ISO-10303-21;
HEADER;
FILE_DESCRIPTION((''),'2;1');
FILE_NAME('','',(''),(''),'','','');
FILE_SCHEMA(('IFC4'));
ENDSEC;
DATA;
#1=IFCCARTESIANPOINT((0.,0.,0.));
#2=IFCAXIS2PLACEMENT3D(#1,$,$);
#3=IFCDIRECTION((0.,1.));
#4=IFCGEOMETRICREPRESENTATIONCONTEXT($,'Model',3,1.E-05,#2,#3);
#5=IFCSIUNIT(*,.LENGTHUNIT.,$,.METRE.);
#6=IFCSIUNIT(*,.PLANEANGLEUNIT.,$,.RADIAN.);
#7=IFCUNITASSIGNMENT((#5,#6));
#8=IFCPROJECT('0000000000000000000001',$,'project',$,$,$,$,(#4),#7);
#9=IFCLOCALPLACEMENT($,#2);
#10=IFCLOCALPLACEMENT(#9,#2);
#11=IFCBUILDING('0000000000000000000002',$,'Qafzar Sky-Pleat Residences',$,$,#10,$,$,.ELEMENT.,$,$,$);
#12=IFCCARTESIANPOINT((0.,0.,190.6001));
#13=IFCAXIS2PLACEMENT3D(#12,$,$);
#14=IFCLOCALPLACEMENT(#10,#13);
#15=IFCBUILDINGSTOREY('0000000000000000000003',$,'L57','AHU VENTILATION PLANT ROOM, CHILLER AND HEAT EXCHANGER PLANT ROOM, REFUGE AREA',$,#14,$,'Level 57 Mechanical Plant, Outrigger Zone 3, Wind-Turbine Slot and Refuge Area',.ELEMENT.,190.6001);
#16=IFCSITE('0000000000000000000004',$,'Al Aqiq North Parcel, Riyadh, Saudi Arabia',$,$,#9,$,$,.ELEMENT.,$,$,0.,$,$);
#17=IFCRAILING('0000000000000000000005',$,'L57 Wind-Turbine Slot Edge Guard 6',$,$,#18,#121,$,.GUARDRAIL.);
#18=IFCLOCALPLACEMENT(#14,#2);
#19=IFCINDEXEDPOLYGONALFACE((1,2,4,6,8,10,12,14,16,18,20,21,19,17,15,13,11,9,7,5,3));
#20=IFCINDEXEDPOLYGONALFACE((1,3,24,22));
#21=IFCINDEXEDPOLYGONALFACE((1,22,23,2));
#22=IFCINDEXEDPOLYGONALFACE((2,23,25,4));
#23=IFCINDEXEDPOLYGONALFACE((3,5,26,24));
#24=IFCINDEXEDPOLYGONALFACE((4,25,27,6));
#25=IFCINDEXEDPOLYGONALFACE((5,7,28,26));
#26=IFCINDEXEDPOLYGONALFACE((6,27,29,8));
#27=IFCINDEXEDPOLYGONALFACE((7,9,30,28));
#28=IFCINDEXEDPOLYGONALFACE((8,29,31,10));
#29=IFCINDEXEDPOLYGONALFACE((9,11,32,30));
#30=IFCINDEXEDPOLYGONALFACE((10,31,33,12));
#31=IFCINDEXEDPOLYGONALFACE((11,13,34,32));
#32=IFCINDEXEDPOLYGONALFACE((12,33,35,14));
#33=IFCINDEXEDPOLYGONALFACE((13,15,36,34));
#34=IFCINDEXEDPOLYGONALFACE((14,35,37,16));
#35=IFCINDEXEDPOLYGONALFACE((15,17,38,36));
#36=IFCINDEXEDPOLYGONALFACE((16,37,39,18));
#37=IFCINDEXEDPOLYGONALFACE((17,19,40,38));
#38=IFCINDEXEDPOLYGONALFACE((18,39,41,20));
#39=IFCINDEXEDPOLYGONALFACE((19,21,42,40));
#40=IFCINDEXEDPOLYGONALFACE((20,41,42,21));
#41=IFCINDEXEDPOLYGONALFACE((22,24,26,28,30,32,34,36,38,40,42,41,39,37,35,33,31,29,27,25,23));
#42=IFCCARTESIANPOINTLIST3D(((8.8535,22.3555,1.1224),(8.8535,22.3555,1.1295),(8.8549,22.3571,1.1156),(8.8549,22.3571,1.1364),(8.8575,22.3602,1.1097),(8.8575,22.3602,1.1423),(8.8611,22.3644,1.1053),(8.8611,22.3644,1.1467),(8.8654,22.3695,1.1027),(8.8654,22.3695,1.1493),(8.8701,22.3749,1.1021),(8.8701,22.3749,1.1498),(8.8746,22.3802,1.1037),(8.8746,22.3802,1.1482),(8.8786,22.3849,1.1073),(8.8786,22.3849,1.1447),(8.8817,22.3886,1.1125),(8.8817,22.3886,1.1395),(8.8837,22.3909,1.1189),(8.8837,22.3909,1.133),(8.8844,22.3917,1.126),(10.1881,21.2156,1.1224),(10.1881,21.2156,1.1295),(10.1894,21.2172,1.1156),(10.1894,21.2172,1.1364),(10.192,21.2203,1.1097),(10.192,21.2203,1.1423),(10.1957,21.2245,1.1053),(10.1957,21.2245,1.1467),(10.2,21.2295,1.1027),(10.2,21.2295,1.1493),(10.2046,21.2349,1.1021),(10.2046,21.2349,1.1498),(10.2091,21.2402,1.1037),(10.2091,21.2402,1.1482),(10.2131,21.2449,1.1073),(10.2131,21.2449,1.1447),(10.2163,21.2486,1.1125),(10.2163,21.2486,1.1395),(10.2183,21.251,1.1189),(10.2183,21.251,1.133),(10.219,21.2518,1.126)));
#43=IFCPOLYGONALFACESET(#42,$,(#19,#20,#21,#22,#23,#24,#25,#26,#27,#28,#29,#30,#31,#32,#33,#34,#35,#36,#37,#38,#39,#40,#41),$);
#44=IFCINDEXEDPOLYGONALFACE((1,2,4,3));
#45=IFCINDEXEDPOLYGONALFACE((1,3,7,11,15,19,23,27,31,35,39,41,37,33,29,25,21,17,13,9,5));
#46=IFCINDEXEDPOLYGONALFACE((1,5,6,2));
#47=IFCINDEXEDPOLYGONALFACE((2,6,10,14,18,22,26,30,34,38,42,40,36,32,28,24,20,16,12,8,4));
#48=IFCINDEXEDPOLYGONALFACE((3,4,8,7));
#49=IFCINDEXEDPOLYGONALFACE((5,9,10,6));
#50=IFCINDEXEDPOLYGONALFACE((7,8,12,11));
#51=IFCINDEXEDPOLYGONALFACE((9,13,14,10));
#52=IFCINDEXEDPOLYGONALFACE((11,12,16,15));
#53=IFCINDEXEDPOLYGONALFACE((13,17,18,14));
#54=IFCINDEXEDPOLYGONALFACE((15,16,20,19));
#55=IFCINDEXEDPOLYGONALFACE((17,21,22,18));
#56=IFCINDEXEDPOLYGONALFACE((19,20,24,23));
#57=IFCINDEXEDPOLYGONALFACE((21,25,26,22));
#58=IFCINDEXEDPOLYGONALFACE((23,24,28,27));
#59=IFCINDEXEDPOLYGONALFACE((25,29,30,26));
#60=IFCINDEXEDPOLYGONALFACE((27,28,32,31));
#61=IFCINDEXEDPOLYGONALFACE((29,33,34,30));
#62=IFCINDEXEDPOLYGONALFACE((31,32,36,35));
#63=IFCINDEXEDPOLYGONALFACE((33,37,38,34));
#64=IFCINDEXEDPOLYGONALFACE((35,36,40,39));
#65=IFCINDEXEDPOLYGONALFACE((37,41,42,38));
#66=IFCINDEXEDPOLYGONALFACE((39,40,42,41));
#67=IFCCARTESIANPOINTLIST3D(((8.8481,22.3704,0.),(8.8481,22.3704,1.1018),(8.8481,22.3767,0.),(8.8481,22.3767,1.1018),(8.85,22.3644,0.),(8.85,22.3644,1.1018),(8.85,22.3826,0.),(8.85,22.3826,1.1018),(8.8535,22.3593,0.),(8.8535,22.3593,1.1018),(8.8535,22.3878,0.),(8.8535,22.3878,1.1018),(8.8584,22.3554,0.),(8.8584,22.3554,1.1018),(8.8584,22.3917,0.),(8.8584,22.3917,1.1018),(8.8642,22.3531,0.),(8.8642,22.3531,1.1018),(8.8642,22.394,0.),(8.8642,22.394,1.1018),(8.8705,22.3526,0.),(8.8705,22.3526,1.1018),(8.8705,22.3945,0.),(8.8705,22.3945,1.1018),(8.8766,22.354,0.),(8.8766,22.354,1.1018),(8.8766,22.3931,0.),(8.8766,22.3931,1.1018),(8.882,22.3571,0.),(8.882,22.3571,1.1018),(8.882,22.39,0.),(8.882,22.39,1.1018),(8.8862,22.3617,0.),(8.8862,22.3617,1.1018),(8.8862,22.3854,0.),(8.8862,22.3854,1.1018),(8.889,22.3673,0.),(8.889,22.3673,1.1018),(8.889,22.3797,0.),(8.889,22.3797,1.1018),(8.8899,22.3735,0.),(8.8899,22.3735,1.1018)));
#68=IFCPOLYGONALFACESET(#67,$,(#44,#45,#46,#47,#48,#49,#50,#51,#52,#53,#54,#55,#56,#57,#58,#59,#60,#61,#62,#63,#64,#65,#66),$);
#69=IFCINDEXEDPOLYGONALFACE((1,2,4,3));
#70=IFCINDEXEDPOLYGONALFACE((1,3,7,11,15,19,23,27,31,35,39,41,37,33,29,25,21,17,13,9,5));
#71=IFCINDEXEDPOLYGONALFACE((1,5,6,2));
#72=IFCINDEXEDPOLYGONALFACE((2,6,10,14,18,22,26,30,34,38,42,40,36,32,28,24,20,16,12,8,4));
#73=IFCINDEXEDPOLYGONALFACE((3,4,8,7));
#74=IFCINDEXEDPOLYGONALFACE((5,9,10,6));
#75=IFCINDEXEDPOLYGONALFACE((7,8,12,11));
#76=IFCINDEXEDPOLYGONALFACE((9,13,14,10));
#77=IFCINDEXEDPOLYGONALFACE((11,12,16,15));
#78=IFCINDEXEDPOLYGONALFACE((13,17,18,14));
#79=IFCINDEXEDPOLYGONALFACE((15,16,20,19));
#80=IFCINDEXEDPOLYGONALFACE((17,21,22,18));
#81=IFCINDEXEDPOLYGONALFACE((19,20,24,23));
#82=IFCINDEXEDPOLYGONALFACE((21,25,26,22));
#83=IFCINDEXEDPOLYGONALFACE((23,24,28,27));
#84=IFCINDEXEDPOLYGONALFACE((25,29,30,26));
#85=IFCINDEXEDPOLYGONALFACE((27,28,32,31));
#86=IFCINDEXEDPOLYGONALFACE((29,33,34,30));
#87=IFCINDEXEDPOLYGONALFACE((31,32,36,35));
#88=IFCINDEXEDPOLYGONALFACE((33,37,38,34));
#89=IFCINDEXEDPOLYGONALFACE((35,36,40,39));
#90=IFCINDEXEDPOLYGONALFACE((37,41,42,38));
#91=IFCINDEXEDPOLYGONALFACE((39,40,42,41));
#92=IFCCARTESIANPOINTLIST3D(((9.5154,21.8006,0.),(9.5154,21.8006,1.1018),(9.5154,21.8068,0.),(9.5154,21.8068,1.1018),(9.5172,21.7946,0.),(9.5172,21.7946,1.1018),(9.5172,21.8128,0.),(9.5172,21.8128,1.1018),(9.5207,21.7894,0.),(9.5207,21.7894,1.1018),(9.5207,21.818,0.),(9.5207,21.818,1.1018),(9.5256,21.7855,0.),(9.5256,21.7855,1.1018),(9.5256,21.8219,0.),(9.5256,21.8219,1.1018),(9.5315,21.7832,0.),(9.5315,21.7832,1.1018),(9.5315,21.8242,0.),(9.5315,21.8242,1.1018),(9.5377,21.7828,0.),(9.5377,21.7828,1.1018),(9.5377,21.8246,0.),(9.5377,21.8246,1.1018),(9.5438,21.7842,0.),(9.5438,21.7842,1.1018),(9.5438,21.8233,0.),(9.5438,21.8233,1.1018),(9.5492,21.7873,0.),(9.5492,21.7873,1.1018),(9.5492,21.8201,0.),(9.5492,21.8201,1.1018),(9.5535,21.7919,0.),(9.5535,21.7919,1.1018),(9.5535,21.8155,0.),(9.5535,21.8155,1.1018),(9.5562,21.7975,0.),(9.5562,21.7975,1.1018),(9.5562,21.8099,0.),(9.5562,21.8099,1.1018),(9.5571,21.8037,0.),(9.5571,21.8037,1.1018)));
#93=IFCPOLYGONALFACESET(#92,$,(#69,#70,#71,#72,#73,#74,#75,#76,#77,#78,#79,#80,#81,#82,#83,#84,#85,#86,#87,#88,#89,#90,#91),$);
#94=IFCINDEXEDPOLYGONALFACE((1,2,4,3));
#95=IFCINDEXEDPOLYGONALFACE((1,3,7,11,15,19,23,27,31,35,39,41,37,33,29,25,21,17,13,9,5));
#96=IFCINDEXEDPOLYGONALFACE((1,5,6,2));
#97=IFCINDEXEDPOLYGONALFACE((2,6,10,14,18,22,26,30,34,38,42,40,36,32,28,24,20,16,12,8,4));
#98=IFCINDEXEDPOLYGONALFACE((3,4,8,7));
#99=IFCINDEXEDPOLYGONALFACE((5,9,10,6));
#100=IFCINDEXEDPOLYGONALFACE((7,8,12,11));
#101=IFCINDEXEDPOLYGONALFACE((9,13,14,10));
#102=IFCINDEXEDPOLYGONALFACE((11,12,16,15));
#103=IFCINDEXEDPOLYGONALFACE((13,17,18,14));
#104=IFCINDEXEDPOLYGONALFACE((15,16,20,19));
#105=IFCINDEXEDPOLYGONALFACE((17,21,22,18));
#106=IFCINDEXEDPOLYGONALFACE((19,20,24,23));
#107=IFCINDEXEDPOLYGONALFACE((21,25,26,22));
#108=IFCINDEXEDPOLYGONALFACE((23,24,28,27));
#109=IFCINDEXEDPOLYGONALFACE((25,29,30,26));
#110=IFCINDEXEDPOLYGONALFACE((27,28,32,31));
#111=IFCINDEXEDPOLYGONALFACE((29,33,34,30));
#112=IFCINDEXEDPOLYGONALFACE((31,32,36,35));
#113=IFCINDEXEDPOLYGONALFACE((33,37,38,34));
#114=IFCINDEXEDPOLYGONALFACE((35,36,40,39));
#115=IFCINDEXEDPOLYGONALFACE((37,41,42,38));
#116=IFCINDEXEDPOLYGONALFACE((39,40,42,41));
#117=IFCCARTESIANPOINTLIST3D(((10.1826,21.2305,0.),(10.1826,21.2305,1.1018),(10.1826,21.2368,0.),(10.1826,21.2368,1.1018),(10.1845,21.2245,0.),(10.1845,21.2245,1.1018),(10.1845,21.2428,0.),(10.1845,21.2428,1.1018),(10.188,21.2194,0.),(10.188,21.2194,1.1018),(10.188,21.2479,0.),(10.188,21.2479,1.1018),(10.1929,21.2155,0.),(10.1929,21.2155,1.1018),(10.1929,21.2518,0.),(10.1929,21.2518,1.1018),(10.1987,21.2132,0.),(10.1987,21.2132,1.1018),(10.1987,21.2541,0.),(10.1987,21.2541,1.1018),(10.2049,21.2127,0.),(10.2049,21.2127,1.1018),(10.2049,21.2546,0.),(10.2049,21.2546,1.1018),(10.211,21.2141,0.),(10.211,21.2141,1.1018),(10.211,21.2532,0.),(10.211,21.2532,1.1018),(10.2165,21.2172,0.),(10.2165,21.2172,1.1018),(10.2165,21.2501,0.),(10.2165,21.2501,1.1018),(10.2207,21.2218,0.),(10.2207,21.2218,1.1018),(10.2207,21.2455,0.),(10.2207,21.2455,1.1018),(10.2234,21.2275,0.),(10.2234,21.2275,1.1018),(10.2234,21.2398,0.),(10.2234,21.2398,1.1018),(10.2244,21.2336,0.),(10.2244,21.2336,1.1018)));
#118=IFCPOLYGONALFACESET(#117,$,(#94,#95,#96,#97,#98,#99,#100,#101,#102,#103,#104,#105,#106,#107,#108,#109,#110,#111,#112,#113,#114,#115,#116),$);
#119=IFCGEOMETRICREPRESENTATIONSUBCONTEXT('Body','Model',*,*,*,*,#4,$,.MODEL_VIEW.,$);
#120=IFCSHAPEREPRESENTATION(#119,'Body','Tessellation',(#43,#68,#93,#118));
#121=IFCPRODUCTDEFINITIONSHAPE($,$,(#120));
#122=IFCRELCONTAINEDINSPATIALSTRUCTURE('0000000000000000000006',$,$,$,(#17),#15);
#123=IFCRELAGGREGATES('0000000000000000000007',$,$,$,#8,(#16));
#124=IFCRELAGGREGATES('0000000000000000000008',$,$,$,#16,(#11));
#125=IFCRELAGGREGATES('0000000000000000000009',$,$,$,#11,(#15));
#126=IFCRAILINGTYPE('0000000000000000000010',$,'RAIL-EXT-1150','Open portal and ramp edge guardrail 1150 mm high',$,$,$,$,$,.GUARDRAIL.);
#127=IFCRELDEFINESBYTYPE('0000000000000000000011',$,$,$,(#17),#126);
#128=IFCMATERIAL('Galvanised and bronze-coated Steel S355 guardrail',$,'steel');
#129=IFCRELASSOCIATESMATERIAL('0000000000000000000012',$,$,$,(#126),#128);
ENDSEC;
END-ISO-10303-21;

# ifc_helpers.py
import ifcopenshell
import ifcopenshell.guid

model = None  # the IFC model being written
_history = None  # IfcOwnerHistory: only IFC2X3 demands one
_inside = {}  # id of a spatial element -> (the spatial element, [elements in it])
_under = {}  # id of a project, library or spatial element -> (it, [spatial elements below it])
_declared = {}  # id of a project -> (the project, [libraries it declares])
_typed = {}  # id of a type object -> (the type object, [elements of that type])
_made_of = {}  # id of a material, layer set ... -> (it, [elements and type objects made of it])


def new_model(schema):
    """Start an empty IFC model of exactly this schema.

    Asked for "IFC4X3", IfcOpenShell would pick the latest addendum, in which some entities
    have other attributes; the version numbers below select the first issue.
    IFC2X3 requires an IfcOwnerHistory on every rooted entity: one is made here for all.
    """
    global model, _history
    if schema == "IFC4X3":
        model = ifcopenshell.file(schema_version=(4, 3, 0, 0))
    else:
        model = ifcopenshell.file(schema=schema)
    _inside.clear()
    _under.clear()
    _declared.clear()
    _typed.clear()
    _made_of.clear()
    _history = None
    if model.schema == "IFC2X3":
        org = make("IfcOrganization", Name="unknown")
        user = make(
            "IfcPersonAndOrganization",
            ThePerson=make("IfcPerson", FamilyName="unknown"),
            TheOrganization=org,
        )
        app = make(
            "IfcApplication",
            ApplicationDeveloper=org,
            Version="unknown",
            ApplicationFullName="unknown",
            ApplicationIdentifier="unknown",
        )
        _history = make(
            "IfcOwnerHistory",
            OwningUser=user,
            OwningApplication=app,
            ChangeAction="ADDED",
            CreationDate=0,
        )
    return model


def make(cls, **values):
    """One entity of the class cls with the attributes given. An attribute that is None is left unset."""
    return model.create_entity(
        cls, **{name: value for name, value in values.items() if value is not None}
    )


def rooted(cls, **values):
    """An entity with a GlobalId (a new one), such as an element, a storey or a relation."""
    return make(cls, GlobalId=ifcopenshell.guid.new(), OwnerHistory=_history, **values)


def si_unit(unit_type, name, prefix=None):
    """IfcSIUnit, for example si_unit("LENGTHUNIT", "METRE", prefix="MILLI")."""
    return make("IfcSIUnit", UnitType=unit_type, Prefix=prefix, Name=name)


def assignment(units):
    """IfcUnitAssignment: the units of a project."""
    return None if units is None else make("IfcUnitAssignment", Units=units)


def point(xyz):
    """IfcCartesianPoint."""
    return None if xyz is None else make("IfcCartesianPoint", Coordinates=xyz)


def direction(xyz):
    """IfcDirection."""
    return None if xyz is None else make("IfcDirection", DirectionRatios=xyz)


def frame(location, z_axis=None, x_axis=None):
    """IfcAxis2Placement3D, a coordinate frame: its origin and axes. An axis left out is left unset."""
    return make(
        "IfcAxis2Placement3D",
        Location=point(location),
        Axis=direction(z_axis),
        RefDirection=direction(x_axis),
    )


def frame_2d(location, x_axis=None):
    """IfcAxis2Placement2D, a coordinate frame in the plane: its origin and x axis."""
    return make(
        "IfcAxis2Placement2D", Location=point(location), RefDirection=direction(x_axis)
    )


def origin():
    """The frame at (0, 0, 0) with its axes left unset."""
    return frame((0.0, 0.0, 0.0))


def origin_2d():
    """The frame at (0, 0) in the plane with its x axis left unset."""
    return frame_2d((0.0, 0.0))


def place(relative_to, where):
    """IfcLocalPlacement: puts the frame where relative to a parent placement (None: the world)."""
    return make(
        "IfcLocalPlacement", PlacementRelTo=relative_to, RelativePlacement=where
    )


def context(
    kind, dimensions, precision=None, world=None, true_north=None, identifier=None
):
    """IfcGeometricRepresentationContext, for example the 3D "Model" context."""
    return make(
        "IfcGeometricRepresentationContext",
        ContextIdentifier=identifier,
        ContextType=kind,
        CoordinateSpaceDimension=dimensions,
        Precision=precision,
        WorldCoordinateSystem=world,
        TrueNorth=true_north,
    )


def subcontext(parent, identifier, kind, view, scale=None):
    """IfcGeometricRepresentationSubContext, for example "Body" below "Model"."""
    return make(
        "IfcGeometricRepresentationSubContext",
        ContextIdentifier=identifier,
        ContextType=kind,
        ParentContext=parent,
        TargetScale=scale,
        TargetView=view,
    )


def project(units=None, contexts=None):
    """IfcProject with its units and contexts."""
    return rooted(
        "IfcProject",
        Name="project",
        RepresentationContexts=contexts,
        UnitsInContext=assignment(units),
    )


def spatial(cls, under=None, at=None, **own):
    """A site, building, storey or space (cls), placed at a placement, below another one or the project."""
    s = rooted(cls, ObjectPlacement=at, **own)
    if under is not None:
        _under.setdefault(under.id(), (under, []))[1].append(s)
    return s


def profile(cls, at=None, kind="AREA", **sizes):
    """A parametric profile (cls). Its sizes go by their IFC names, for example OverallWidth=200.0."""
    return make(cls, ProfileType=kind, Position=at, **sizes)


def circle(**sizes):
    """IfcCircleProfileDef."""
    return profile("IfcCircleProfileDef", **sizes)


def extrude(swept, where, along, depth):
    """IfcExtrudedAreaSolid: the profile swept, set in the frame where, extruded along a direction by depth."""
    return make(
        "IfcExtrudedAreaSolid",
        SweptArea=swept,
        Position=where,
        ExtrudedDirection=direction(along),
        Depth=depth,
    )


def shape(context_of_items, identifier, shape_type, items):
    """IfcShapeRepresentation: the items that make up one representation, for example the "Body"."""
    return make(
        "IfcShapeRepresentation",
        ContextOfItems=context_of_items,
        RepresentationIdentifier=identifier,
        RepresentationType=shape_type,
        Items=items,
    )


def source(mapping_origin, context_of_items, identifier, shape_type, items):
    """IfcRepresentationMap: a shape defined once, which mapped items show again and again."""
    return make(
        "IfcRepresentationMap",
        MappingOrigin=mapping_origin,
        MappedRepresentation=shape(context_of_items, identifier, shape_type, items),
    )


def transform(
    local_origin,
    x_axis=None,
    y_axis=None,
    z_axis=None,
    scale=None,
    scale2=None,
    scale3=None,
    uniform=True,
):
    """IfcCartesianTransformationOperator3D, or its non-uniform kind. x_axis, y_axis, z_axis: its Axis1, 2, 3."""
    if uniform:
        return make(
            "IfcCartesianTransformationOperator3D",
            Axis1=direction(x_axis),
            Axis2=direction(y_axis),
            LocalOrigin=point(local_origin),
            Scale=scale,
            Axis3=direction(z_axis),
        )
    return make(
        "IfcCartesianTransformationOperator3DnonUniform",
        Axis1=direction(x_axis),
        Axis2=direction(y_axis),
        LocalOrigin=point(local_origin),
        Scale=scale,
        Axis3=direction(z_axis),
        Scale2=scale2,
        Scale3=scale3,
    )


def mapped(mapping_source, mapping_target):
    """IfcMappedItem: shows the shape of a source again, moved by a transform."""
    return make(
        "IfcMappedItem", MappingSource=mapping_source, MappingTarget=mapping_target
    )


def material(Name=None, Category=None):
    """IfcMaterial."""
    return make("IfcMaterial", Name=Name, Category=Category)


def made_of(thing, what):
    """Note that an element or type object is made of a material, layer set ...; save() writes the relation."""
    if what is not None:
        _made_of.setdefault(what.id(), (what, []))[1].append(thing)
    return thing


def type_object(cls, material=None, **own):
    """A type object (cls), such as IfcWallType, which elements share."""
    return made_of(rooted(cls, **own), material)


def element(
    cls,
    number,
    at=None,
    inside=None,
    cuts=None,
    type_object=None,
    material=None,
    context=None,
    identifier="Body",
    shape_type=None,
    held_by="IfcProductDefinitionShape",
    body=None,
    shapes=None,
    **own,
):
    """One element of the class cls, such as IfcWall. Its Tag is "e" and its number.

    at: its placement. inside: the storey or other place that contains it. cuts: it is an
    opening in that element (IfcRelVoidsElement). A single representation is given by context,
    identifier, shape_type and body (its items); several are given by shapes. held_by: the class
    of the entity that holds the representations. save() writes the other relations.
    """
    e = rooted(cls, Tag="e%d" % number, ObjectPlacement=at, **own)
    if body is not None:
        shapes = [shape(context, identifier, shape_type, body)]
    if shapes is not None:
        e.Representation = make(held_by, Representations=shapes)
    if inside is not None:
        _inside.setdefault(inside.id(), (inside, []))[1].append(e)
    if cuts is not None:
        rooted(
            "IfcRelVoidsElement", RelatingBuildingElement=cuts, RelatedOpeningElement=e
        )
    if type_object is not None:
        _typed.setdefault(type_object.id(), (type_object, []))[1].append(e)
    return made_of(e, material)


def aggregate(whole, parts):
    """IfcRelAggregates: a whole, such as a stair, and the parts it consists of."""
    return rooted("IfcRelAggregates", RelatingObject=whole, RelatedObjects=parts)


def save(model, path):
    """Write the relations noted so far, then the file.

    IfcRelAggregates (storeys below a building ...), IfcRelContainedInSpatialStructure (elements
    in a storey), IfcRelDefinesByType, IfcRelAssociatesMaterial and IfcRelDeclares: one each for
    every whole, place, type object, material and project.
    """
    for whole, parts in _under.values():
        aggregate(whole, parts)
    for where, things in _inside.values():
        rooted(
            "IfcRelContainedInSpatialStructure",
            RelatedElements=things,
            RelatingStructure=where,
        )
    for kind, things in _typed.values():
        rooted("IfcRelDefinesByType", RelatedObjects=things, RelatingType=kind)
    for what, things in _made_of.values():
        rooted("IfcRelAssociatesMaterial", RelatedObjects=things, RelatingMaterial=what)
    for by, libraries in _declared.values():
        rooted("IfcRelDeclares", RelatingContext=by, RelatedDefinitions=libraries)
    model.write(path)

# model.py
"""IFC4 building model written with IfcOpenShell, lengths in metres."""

from ifc_helpers import new_model, si_unit, direction, frame, origin, origin_2d, place, context, subcontext, project, spatial, circle, extrude, source, transform, mapped, material, type_object, element, save


model = new_model("IFC4")

# Units and contexts
model_context = context("Model", 3, precision=1e-05, world=origin(), true_north=direction((0.0, 1.0)))
body_context = subcontext(model_context, "Body", "Model", "MODEL_VIEW")
ifc_project = project(units=[si_unit("LENGTHUNIT", "METRE"), si_unit("PLANEANGLEUNIT", "RADIAN")], contexts=[model_context])

# Site, building, storey
site_placement = place(None, origin())
site = spatial("IfcSite", under=ifc_project, at=site_placement, Name="Al Aqiq North Parcel, Riyadh, Saudi Arabia", CompositionType="ELEMENT", RefElevation=0.0)
building_placement = place(site_placement, origin())
building = spatial("IfcBuilding", under=site, at=building_placement, Name="Qafzar Sky-Pleat Residences", CompositionType="ELEMENT")
storey_placement = place(building_placement, frame((0.0, 0.0, 190.6001)))
storey = spatial("IfcBuildingStorey", under=building, at=storey_placement, Name="L57", Description="AHU VENTILATION PLANT ROOM, CHILLER AND HEAT EXCHANGER PLANT ROOM, REFUGE AREA", LongName="Level 57 Mechanical Plant, Outrigger Zone 3, Wind-Turbine Slot and Refuge Area", CompositionType="ELEMENT", Elevation=190.6001)

# Railing
ifc_material_1 = material(Name="Galvanised and bronze-coated Steel S355 guardrail", Category="steel")
railing_type = type_object("IfcRailingType", Name="RAIL-EXT-1150", Description="Open portal and ramp edge guardrail 1150 mm high", PredefinedType="GUARDRAIL", material=ifc_material_1)
shared_shape_1 = source(origin(), body_context, "Body", "SweptSolid", [
    extrude(circle(Radius=0.0239, at=origin_2d()), frame((0.0, 0.0, 1.126), z_axis=(0.760365, -0.649496, 0.0), x_axis=(0.649496, 0.760365, 0.0)), (0.0, 0.0, 1.0), 1.7551),
    extrude(circle(Radius=0.021, at=origin_2d()), origin(), (0.0, 0.0, 1.0), 1.1018),
    extrude(circle(Radius=0.021, at=origin_2d()), frame((0.6672, -0.5698, 0.0)), (0.0, 0.0, 1.0), 1.1018),
    extrude(circle(Radius=0.021, at=origin_2d()), frame((1.3345, -1.1399, 0.0)), (0.0, 0.0, 1.0), 1.1018),
])
railing_1_placement = place(storey_placement, frame((8.8689, 22.3735, 0.0)))
element("IfcRailing", 1, at=railing_1_placement, inside=storey, type_object=railing_type, Name="L57 Wind-Turbine Slot Edge Guard 6", PredefinedType="GUARDRAIL", context=body_context, shape_type="MappedRepresentation", body=[
    mapped(shared_shape_1, transform((0.0, 0.0, 0.0), x_axis=(1.0, 0.0, 0.0), y_axis=(0.0, 1.0, 0.0), z_axis=(0.0, 0.0, 1.0), scale=1.0)),
])

save(model, "model.ifc")
